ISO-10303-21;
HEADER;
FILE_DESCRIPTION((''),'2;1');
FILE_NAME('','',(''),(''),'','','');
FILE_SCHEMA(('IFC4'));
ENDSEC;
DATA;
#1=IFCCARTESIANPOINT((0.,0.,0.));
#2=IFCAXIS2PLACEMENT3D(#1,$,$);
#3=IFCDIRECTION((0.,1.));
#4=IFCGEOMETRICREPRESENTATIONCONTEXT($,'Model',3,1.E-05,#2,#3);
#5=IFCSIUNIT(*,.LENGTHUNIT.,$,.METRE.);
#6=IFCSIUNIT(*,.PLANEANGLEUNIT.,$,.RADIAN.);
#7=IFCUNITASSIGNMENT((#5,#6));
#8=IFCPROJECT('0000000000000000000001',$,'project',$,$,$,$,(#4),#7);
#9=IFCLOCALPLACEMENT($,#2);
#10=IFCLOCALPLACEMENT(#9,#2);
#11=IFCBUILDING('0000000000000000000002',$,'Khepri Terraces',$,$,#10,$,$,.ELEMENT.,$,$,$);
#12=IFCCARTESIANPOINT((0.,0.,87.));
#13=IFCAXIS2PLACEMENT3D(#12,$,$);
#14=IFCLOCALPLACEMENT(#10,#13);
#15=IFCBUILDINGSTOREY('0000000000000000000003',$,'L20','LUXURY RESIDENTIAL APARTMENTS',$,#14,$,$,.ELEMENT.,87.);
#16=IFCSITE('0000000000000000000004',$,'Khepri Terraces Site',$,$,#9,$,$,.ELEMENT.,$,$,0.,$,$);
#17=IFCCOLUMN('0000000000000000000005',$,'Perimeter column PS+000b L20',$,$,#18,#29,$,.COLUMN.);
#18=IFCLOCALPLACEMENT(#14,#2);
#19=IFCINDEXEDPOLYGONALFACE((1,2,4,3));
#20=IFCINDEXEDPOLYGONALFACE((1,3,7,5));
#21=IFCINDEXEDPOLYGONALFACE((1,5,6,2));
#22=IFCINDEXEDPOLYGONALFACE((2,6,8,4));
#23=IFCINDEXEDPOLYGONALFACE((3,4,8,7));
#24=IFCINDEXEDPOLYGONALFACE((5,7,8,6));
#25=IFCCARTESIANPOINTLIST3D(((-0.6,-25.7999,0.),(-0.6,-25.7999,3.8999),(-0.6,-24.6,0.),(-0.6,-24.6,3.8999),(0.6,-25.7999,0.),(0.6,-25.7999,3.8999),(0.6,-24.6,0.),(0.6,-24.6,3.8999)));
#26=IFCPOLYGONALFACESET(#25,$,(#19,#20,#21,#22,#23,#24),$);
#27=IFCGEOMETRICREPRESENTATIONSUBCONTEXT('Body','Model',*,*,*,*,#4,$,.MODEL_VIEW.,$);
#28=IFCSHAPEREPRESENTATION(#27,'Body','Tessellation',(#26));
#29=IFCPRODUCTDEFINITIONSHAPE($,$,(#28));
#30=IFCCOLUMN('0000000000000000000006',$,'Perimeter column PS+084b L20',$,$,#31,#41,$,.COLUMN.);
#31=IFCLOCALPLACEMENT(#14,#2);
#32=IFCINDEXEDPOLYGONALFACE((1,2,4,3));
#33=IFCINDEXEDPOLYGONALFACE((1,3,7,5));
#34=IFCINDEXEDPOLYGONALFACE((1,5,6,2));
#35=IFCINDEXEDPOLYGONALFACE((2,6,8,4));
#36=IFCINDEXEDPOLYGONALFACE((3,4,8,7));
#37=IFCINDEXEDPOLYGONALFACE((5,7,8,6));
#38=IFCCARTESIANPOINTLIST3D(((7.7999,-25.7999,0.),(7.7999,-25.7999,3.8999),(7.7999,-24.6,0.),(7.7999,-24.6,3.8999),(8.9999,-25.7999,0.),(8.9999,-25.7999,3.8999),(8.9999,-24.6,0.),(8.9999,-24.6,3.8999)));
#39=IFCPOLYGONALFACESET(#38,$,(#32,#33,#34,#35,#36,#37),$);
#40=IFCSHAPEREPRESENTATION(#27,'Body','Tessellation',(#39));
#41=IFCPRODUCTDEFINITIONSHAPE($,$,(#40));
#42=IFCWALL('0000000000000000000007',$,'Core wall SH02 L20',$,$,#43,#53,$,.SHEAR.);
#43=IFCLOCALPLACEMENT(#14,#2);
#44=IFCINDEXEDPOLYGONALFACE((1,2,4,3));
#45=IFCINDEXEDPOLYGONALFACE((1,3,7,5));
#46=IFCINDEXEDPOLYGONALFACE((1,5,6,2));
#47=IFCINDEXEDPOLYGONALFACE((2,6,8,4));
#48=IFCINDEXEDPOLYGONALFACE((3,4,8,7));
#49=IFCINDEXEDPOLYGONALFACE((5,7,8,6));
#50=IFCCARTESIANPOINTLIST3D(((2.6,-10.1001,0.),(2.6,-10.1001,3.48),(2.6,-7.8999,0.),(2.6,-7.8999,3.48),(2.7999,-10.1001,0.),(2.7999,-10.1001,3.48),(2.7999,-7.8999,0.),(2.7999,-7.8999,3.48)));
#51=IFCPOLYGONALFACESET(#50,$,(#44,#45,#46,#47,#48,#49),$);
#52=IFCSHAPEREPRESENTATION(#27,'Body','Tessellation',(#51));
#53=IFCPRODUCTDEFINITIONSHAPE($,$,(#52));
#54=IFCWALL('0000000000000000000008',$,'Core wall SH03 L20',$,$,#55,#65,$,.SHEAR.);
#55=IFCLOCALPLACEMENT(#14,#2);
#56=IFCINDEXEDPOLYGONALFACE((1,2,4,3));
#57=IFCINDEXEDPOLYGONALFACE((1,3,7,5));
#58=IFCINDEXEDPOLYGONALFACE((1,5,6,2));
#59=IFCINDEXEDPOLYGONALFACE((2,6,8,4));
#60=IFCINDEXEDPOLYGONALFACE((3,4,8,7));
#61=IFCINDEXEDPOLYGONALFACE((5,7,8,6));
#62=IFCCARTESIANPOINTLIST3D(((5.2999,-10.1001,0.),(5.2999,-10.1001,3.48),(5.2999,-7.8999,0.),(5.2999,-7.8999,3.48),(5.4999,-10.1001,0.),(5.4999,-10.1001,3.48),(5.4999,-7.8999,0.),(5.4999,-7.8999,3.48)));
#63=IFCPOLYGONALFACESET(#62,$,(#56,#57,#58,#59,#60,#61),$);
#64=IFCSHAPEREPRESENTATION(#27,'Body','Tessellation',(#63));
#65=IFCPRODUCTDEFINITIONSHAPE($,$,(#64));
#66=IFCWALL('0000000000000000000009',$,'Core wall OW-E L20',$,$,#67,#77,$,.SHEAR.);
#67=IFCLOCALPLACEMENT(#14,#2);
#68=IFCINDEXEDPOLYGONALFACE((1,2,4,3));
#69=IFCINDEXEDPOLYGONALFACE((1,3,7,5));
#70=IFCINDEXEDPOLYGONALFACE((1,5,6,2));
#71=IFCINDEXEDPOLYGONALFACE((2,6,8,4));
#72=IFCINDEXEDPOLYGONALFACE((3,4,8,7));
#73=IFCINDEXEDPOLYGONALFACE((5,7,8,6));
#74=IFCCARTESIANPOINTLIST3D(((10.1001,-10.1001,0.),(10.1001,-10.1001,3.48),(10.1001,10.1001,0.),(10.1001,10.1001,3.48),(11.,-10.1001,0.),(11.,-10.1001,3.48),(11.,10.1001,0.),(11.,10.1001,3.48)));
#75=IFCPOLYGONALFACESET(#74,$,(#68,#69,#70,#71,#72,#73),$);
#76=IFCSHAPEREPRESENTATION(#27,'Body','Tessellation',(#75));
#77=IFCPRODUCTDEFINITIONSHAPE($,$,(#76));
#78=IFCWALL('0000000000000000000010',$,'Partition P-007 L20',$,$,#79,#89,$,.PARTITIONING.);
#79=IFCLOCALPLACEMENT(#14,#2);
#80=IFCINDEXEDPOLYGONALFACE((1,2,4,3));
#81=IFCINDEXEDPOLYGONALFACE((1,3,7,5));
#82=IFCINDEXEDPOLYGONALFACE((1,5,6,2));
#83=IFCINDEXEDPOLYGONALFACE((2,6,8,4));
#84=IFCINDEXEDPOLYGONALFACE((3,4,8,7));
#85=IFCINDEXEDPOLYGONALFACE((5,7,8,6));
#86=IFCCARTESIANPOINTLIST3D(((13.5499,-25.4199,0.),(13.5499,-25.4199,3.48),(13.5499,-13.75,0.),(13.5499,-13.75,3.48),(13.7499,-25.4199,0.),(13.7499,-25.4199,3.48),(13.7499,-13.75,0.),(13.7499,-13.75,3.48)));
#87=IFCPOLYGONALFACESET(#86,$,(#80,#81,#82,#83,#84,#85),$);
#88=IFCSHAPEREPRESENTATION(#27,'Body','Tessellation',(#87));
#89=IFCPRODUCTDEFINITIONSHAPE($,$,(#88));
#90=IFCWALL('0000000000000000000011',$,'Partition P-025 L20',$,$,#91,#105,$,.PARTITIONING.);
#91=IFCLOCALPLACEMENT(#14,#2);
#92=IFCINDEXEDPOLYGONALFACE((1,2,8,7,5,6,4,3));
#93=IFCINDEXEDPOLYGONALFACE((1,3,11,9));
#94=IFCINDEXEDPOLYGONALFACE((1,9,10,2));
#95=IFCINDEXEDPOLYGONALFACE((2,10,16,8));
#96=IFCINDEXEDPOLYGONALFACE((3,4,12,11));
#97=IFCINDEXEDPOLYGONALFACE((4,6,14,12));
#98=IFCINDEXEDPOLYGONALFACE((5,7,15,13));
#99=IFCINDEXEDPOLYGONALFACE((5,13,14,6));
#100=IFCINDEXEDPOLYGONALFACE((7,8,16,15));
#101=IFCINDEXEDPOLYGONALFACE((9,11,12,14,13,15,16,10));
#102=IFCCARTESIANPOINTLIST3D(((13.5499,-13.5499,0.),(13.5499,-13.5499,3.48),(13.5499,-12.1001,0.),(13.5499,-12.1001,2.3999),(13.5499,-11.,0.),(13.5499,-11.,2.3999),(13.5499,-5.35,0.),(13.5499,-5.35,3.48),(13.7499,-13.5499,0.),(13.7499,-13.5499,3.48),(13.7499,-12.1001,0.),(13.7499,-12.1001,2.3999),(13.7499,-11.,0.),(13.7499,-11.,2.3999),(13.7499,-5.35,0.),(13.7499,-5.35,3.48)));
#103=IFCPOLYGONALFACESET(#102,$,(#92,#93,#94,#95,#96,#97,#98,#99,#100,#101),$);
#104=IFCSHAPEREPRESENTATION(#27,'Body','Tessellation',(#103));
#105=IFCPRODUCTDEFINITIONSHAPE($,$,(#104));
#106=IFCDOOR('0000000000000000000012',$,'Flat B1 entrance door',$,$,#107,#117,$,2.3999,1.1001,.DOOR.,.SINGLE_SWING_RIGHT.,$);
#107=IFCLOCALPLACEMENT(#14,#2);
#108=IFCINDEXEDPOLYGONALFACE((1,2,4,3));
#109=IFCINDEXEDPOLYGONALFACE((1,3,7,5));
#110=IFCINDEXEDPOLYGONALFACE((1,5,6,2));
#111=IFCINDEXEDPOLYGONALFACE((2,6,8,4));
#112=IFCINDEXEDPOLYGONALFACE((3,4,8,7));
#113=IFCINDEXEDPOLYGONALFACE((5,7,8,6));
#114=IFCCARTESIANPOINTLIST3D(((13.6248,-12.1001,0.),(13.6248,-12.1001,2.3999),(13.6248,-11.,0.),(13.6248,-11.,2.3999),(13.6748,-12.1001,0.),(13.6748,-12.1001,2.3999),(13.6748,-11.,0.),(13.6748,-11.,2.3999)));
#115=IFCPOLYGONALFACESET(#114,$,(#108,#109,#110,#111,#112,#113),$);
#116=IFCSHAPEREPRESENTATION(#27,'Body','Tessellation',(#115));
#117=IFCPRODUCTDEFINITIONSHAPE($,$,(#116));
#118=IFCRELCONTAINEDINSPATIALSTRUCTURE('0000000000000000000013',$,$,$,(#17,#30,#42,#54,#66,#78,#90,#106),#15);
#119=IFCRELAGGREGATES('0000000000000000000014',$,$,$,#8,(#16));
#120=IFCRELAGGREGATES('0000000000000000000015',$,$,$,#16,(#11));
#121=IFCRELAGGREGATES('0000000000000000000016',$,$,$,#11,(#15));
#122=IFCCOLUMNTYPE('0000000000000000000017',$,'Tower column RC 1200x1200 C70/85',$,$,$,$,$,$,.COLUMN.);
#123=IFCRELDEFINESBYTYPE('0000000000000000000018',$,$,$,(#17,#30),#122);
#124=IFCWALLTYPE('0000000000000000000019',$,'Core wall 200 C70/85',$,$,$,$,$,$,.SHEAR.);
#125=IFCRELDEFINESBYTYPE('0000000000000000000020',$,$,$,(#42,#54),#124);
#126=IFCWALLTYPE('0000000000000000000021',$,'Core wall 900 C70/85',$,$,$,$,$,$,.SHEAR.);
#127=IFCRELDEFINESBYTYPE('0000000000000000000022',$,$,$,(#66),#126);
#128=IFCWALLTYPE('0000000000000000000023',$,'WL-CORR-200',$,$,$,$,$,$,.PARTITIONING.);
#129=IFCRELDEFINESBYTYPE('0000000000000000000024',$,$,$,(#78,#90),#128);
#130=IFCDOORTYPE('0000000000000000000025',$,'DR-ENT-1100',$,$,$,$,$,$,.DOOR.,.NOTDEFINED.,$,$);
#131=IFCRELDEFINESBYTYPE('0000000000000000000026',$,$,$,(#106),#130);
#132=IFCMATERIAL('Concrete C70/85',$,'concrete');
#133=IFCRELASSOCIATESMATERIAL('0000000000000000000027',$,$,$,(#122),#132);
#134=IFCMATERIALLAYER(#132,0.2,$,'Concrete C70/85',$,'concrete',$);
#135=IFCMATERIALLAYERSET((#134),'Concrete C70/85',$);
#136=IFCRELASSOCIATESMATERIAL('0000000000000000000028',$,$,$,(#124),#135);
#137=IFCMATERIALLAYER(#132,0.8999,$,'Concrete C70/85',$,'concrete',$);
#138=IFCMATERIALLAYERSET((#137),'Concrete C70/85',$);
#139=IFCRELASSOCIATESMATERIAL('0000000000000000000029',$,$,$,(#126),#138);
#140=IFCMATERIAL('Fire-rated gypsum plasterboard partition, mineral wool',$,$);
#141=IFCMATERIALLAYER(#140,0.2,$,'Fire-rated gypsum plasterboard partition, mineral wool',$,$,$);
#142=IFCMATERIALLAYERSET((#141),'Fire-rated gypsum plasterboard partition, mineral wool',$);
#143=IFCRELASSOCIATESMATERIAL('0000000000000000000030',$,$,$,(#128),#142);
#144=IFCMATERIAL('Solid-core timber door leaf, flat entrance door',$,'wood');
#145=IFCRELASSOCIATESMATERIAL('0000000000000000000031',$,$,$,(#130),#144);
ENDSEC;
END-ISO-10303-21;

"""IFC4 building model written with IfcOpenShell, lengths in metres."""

from ifc_helpers import new_model, si_unit, direction, frame, frame_2d, origin, origin_2d, place, context, subcontext, project, spatial, rectangle, extrude, material, layer, layer_set, material_profile, profile_set, type_object, element, fill, save


model = new_model("IFC4")

# Units and contexts
model_context = context("Model", 3, precision=1e-05, world=origin(), true_north=direction((0.0, 1.0)))
body_context = subcontext(model_context, "Body", "Model", "MODEL_VIEW")
ifc_project = project(units=[si_unit("LENGTHUNIT", "METRE"), si_unit("PLANEANGLEUNIT", "RADIAN")], contexts=[model_context])

# Site, building, storey
site_placement = place(None, origin())
site = spatial("IfcSite", under=ifc_project, at=site_placement, Name="Khepri Terraces Site", CompositionType="ELEMENT", RefElevation=0.0)
building_placement = place(site_placement, origin())
building = spatial("IfcBuilding", under=site, at=building_placement, Name="Khepri Terraces", CompositionType="ELEMENT")
storey_placement = place(building_placement, frame((0.0, 0.0, 87.0)))
storey = spatial("IfcBuildingStorey", under=building, at=storey_placement, Name="L20", Description="LUXURY RESIDENTIAL APARTMENTS", CompositionType="ELEMENT", Elevation=87.0)

# Columns
ifc_material_1 = material(Name="Concrete C70/85", Category="concrete")
ifc_material_profile = material_profile(ifc_material_1, rectangle(XDim=1.2, YDim=1.2, at=origin_2d()), Name="Concrete C70/85", Category="concrete")
ifc_profile_set = profile_set([ifc_material_profile], Name="Concrete C70/85")
column_type = type_object("IfcColumnType", Name="Tower column RC 1200x1200 C70/85", PredefinedType="COLUMN", material=ifc_profile_set)
for number, where, z_axis, x_axis, name in (
    (1, (0.0, -25.2, 0.0), (0.0, 0.0, 1.0), (1.0, 0.0, 0.0), "Perimeter column PS+000b L20"),
    (2, (8.3999, -25.2, 0.0), (0.0, 0.0, 1.0), (1.0, 0.0, 0.0), "Perimeter column PS+084b L20"),
):
    element("IfcColumn", number, at=place(storey_placement, frame(where, z_axis=z_axis, x_axis=x_axis)), inside=storey, type_object=column_type, Name=name, PredefinedType="COLUMN", context=body_context, shape_type="SweptSolid", body=[
        extrude(rectangle(XDim=1.2, YDim=1.2, at=origin_2d()), origin(), (0.0, 0.0, 1.0), 3.8999),
    ])

# Walls
ifc_layer_1 = layer(ifc_material_1, 0.2, Name="Concrete C70/85", Category="concrete")
ifc_layer_set_1 = layer_set([ifc_layer_1], Name="Concrete C70/85")
wall_type_1 = type_object("IfcWallType", Name="Core wall 200 C70/85", PredefinedType="SHEAR", material=ifc_layer_set_1)
for number, where, z_axis, x_axis, name in (
    (3, (2.7, -10.1001, 0.0), (0.0, 0.0, 1.0), (0.0, 1.0, 0.0), "Core wall SH02 L20"),
    (4, (5.3999, -10.1001, 0.0), (0.0, 0.0, 1.0), (0.0, 1.0, 0.0), "Core wall SH03 L20"),
):
    element("IfcWall", number, at=place(storey_placement, frame(where, z_axis=z_axis, x_axis=x_axis)), inside=storey, type_object=wall_type_1, Name=name, PredefinedType="SHEAR", context=body_context, shape_type="SweptSolid", body=[
        extrude(rectangle(XDim=2.2002, YDim=0.2, at=frame_2d((1.1001, 0.0))), origin(), (0.0, 0.0, 1.0), 3.48),
    ])
ifc_layer_2 = layer(ifc_material_1, 0.8999, Name="Concrete C70/85", Category="concrete")
ifc_layer_set_2 = layer_set([ifc_layer_2], Name="Concrete C70/85")
wall_type_2 = type_object("IfcWallType", Name="Core wall 900 C70/85", PredefinedType="SHEAR", material=ifc_layer_set_2)
wall_1_placement = place(storey_placement, frame((10.55, -10.1001, 0.0), z_axis=(0.0, 0.0, 1.0), x_axis=(0.0, 1.0, 0.0)))
element("IfcWall", 5, at=wall_1_placement, inside=storey, type_object=wall_type_2, Name="Core wall OW-E L20", PredefinedType="SHEAR", context=body_context, shape_type="SweptSolid", body=[
    extrude(rectangle(XDim=20.2002, YDim=0.8999, at=frame_2d((10.1001, 0.0))), origin(), (0.0, 0.0, 1.0), 3.48),
])
ifc_material_2 = material(Name="Fire-rated gypsum plasterboard partition, mineral wool")
ifc_layer_3 = layer(ifc_material_2, 0.2, Name="Fire-rated gypsum plasterboard partition, mineral wool")
ifc_layer_set_3 = layer_set([ifc_layer_3], Name="Fire-rated gypsum plasterboard partition, mineral wool")
wall_type_3 = type_object("IfcWallType", Name="WL-CORR-200", PredefinedType="PARTITIONING", material=ifc_layer_set_3)
wall_2_placement = place(storey_placement, frame((13.6499, -25.4199, 0.0), z_axis=(0.0, 0.0, 1.0), x_axis=(0.0, 1.0, 0.0)))
element("IfcWall", 6, at=wall_2_placement, inside=storey, type_object=wall_type_3, Name="Partition P-007 L20", PredefinedType="PARTITIONING", context=body_context, shape_type="SweptSolid", body=[
    extrude(rectangle(XDim=11.6699, YDim=0.2, at=frame_2d((5.835, 0.0))), origin(), (0.0, 0.0, 1.0), 3.48),
])

# Wall, opening, door
wall_3_placement = place(storey_placement, frame((13.6499, -13.55, 0.0), z_axis=(0.0, 0.0, 1.0), x_axis=(0.0, 1.0, 0.0)))
wall_3 = element("IfcWall", 7, at=wall_3_placement, inside=storey, type_object=wall_type_3, Name="Partition P-025 L20", PredefinedType="PARTITIONING", context=body_context, shape_type="SweptSolid", body=[
    extrude(rectangle(XDim=8.2, YDim=0.2, at=frame_2d((4.1001, 0.0))), origin(), (0.0, 0.0, 1.0), 3.48),
])
opening_1_placement = place(wall_3_placement, frame((1.45, 0.0, 0.0)))
opening_1 = element("IfcOpeningElement", 8, at=opening_1_placement, cuts=wall_3, PredefinedType="OPENING", context=body_context, shape_type="SweptSolid", body=[
    extrude(rectangle(XDim=1.1001, YDim=2.3999, at=frame_2d((0.55, 1.2))), frame((0.0, 0.1099, 0.0), z_axis=(0.0, -1.0, 0.0), x_axis=(1.0, 0.0, 0.0)), (0.0, 0.0, 1.0), 0.22),
])
ifc_material_3 = material(Name="Solid-core timber door leaf, flat entrance door", Category="wood")
door_type_1 = type_object("IfcDoorType", Name="DR-ENT-1100", OperationType="NOTDEFINED", PredefinedType="DOOR", material=ifc_material_3)
door_1_placement = place(opening_1_placement, frame((1.1001, 0.0, 0.0), z_axis=(0.0, 0.0, 1.0), x_axis=(-1.0, 0.0, 0.0)))
door_1 = element("IfcDoor", 9, at=door_1_placement, inside=storey, type_object=door_type_1, Name="Flat B1 entrance door", OperationType="SINGLE_SWING_RIGHT", OverallHeight=2.3999, OverallWidth=1.1001, PredefinedType="DOOR", context=body_context, shape_type="SweptSolid", body=[
    extrude(rectangle(XDim=1.1001, YDim=2.3999, at=frame_2d((0.55, 1.2))), frame((0.0, 0.0249, 0.0), z_axis=(0.0, -1.0, 0.0), x_axis=(1.0, 0.0, 0.0)), (0.0, 0.0, 1.0), 0.05),
])
fill(opening_1, door_1)

save(model, "model.ifc")
